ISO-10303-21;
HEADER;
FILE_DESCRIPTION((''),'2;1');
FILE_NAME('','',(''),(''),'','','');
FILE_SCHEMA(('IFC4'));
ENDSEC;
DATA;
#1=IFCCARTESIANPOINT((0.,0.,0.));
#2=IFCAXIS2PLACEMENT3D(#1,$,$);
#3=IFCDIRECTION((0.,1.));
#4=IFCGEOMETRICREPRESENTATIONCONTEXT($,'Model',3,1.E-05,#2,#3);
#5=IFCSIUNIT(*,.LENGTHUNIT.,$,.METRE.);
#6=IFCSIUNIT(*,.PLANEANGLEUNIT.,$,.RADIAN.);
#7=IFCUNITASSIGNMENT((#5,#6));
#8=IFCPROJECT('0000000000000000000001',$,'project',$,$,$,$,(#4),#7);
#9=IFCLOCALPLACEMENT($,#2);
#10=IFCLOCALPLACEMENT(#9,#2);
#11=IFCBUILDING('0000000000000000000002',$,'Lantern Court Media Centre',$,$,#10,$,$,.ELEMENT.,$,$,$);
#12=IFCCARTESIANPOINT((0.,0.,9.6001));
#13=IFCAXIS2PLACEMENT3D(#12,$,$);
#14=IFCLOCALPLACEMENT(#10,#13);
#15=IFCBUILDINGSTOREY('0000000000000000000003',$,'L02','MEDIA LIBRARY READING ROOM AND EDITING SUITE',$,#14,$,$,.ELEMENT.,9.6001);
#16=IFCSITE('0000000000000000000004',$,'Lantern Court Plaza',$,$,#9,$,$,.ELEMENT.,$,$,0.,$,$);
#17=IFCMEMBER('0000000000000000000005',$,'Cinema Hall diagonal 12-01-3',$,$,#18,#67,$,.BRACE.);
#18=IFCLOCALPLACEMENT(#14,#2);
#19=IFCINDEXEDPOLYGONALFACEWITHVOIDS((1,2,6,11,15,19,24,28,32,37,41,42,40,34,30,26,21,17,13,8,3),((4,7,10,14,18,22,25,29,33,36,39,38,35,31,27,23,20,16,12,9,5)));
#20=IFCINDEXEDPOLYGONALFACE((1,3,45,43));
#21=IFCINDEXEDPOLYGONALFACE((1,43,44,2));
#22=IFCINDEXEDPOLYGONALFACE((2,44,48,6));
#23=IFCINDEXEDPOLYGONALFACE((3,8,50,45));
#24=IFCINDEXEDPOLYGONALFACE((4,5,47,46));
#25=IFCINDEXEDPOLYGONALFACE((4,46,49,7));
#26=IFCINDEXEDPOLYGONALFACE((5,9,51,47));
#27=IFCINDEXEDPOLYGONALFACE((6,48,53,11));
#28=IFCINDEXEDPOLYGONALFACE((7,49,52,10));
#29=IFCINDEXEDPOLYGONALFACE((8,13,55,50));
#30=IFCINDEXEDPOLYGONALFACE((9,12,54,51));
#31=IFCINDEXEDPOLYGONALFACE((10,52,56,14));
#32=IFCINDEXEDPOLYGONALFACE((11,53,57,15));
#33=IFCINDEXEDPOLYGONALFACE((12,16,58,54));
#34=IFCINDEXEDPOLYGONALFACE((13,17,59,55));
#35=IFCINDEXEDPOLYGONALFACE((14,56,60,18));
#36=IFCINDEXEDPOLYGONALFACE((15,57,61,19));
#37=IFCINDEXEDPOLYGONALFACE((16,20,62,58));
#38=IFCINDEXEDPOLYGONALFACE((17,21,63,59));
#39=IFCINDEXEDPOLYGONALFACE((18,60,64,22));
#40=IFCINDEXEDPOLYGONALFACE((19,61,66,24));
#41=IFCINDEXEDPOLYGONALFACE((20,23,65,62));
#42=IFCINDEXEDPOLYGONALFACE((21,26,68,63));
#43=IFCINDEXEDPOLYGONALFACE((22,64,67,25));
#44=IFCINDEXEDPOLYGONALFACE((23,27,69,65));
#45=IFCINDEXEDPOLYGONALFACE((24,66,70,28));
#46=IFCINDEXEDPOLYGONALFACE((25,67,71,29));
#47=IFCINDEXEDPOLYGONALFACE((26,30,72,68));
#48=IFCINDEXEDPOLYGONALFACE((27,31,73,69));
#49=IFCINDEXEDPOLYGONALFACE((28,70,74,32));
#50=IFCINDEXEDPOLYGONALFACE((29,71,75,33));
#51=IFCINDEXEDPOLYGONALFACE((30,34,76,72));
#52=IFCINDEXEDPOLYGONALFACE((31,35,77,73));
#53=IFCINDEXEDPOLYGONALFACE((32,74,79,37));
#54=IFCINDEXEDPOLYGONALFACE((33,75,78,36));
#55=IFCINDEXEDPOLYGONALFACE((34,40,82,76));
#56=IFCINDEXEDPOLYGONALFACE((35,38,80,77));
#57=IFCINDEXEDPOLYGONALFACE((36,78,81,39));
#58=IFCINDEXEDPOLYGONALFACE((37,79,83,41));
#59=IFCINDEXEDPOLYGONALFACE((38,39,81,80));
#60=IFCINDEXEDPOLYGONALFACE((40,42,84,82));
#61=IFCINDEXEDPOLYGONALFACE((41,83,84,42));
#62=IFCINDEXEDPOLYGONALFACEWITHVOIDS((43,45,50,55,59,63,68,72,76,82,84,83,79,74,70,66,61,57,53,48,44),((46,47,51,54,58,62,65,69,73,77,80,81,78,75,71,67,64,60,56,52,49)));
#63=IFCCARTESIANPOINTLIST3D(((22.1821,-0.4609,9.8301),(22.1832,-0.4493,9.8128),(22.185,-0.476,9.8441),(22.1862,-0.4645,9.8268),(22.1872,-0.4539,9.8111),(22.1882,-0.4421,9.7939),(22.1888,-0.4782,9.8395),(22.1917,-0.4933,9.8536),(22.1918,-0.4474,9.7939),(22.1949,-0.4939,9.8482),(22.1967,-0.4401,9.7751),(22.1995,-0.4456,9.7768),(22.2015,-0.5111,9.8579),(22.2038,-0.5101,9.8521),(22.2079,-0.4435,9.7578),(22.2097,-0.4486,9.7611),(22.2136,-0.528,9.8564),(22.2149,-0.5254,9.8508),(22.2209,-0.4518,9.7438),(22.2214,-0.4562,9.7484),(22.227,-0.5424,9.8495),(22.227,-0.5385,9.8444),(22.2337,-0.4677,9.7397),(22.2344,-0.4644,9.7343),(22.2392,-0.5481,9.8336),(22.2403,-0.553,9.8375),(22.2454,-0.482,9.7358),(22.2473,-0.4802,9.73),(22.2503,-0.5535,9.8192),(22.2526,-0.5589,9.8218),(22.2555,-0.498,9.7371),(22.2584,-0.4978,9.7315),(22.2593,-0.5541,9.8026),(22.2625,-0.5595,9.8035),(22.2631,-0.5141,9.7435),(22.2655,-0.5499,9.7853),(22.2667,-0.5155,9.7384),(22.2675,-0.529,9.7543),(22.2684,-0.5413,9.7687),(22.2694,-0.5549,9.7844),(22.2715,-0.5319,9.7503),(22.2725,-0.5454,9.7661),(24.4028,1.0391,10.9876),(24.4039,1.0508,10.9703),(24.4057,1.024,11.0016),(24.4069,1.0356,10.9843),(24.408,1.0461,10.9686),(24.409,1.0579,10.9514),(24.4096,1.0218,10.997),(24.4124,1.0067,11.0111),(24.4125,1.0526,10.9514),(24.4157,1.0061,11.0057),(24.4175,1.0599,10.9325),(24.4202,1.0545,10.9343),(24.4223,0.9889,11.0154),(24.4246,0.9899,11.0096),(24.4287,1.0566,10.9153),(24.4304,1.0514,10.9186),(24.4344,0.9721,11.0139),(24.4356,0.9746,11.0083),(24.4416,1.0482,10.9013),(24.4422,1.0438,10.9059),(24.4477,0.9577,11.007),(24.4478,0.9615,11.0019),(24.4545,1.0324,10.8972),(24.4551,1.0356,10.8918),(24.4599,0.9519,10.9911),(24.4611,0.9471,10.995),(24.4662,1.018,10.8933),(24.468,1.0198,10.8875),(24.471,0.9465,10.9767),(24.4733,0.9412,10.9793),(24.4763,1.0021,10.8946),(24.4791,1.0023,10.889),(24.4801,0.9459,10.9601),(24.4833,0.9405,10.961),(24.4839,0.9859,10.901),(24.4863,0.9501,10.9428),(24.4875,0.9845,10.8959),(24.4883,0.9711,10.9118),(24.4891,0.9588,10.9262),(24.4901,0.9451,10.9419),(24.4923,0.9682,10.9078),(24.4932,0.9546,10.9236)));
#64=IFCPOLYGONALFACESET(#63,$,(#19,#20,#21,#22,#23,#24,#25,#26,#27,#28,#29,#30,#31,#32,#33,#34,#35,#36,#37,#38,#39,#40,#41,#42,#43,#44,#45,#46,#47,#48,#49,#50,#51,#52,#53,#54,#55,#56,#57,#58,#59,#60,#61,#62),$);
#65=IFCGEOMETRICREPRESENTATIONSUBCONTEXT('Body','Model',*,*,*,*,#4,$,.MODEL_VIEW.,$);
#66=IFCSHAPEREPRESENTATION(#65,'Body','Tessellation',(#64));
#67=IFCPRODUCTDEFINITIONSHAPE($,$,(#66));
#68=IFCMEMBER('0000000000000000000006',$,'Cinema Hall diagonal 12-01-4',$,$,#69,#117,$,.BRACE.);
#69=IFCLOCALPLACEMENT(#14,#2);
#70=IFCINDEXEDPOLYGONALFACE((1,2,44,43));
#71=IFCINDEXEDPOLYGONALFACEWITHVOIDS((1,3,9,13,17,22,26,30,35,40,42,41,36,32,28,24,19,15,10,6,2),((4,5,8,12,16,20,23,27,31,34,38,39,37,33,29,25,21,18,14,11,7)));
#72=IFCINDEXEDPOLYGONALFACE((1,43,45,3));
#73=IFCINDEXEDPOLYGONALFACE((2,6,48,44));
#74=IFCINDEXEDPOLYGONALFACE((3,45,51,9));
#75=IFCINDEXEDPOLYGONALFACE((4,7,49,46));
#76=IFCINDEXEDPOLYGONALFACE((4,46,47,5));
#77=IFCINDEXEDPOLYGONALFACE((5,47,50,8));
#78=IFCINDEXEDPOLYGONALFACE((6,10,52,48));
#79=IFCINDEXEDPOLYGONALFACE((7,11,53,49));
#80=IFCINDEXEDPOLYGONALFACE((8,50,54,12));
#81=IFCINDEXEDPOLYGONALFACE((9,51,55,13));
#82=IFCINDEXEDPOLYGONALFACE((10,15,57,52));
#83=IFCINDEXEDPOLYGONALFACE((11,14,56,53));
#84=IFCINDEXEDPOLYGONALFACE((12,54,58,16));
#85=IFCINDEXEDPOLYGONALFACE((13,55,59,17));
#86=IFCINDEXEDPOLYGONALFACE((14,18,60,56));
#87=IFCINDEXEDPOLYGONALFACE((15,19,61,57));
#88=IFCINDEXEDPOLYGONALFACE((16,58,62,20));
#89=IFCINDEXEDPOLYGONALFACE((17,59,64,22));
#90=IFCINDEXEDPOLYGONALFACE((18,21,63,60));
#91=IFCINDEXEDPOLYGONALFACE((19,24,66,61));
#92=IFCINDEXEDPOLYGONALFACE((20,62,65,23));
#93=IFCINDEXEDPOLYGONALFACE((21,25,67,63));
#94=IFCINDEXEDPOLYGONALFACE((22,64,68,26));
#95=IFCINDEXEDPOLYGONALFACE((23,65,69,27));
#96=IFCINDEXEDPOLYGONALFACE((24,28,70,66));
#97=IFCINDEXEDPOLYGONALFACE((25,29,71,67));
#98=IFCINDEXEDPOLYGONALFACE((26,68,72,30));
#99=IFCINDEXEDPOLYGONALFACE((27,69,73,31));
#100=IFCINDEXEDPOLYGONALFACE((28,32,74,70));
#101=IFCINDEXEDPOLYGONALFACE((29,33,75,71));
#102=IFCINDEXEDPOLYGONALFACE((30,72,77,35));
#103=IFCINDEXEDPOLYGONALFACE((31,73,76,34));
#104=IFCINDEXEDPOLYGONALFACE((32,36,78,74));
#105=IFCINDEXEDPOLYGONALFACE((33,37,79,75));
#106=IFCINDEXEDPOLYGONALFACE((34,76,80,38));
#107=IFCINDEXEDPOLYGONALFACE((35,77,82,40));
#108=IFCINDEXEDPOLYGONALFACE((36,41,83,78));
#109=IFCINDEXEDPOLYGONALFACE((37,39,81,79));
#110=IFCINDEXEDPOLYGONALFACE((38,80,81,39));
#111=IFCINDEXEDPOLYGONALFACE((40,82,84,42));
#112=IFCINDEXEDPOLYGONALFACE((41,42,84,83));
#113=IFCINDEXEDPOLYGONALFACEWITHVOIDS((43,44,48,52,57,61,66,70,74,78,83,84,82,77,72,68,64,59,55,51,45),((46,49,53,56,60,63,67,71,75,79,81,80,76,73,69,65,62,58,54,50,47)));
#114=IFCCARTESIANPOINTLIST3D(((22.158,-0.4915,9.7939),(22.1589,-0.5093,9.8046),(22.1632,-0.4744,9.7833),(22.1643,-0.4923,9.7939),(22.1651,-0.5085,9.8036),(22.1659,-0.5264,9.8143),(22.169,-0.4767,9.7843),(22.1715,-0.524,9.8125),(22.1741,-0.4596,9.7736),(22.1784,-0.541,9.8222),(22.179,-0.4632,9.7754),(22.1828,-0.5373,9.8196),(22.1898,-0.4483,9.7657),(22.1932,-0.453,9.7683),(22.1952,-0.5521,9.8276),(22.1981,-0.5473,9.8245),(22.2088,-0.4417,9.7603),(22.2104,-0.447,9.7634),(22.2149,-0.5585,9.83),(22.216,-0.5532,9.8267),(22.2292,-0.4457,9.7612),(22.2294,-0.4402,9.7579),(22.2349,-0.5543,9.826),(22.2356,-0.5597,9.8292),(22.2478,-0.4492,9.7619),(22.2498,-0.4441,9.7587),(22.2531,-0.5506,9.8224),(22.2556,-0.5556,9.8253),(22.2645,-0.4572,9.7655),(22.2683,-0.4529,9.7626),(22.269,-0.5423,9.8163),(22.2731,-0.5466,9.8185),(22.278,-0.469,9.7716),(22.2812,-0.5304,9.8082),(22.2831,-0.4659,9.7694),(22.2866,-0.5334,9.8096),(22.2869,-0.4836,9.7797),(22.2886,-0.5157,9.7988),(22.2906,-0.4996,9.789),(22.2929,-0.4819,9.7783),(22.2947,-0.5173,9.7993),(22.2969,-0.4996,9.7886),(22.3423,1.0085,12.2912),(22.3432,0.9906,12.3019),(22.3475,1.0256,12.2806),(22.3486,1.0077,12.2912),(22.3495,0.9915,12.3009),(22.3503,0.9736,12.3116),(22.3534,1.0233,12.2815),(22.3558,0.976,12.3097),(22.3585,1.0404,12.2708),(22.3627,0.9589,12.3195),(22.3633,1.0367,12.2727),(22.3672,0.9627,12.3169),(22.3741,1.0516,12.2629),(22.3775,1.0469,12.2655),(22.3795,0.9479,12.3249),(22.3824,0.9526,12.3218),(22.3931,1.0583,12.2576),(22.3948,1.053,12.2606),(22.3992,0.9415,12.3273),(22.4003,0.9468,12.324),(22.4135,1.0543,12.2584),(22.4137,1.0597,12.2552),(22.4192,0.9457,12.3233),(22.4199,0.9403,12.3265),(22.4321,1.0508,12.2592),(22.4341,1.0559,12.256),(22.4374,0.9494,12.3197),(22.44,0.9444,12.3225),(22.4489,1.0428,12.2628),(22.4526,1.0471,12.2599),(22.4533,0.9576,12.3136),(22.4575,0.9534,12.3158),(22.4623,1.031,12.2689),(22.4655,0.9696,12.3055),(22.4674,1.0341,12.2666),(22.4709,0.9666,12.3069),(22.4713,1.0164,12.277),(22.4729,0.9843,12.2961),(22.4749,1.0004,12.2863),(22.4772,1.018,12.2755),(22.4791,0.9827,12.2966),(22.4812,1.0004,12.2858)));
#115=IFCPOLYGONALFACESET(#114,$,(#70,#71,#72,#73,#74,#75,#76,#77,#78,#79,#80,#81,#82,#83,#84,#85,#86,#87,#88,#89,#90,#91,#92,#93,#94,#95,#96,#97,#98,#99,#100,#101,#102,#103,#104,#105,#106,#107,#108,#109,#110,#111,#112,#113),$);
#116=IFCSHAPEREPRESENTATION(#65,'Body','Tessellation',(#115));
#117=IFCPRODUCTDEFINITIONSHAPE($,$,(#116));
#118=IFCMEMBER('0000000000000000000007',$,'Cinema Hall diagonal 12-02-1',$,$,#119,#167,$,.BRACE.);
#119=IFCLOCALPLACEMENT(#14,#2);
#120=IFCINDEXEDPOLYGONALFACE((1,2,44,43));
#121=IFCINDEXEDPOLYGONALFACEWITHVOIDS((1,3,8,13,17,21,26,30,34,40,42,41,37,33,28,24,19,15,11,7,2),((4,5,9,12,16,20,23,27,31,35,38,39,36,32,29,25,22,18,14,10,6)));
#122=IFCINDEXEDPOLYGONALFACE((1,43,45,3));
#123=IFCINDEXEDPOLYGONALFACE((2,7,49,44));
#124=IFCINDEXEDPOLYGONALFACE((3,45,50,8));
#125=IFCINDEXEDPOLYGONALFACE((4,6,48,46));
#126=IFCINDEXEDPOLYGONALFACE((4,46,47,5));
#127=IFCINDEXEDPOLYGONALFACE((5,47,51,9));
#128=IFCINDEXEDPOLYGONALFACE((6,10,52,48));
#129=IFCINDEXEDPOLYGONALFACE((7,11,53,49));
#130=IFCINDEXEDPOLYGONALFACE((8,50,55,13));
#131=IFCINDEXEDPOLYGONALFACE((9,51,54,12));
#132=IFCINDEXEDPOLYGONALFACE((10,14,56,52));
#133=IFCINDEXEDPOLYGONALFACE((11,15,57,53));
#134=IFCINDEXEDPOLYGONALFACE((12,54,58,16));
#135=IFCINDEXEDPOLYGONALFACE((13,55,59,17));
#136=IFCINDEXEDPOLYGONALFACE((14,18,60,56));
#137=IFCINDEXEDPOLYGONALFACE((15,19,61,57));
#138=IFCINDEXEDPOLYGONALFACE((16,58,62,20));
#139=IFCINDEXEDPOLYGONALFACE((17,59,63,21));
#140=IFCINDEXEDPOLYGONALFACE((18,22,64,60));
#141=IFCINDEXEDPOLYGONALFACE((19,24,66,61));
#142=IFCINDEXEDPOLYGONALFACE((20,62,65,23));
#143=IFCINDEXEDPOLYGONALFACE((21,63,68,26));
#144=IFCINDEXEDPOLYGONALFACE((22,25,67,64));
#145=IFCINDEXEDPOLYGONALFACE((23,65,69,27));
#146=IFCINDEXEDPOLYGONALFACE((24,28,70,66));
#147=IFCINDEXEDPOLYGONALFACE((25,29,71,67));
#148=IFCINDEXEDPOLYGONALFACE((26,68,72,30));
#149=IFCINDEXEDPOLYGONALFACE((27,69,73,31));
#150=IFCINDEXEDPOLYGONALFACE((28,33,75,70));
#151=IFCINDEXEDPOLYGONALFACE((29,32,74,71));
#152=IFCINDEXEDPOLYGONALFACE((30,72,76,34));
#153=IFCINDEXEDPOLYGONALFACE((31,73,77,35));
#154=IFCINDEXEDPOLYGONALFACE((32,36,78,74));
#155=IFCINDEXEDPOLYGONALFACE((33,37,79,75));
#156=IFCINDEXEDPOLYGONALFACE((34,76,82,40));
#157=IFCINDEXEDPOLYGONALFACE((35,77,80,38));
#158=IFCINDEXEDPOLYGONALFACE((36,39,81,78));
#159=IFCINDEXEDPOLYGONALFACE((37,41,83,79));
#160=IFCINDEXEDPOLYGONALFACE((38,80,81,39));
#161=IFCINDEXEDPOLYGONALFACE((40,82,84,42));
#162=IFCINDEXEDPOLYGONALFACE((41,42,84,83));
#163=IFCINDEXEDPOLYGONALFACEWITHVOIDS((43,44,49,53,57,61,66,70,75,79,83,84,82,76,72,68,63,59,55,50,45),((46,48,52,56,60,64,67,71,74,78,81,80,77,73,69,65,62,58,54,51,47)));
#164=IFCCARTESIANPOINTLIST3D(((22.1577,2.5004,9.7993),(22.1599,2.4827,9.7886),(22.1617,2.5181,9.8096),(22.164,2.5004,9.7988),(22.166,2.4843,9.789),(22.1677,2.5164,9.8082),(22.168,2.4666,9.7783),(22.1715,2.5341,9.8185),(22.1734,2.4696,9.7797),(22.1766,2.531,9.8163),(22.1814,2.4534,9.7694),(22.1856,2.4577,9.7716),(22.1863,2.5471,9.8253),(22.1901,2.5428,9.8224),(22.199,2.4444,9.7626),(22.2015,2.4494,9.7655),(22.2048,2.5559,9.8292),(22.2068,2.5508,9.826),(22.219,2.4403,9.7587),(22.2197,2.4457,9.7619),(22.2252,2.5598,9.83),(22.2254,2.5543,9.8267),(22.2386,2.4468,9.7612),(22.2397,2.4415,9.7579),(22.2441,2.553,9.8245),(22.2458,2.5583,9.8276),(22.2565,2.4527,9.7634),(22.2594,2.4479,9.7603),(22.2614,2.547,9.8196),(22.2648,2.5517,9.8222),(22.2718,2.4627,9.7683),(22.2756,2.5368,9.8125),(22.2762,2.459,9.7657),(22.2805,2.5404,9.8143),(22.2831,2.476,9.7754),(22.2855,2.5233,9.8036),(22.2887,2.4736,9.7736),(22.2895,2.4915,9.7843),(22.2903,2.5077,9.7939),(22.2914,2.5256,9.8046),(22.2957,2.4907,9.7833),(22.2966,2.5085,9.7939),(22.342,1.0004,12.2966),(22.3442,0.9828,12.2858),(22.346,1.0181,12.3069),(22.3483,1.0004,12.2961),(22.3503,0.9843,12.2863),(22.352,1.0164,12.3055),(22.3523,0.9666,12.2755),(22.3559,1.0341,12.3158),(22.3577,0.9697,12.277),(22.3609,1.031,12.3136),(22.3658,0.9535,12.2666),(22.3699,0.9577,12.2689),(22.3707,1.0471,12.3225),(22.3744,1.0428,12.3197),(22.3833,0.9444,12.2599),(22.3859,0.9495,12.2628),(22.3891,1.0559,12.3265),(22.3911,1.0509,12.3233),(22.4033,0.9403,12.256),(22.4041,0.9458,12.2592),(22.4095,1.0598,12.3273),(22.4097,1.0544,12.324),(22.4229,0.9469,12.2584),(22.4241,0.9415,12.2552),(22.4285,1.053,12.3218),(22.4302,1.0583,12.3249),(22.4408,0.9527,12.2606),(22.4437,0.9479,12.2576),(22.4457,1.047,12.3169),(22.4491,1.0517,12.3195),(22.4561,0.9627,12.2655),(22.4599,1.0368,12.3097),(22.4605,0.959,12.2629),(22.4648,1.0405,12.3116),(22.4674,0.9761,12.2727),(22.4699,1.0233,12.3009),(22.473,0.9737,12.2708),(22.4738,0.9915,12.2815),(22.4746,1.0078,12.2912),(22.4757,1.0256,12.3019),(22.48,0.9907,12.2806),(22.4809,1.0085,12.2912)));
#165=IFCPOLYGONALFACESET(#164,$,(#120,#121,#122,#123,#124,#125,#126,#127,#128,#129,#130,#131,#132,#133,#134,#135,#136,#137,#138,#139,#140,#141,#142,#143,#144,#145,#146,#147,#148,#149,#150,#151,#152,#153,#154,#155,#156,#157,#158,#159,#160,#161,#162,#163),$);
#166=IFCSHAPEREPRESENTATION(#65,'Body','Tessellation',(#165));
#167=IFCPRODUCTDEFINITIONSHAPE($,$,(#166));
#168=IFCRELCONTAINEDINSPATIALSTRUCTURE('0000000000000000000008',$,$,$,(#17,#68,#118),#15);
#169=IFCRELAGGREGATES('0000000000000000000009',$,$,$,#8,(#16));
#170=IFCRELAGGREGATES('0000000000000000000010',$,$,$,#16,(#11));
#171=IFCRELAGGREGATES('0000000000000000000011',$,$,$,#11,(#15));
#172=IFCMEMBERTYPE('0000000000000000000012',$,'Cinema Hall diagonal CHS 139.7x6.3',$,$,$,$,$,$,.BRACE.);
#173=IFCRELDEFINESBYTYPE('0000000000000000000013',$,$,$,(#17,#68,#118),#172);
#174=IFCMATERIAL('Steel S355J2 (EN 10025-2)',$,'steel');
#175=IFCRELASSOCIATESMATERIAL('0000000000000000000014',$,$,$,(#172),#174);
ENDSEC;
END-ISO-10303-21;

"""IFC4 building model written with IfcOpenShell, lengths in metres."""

from ifc_helpers import new_model, si_unit, direction, frame, origin, origin_2d, place, context, subcontext, project, spatial, hollow_circle, extrude, material, material_profile, profile_set, type_object, element, save


model = new_model("IFC4")

# Units and contexts
model_context = context("Model", 3, precision=1e-05, world=origin(), true_north=direction((0.0, 1.0)))
body_context = subcontext(model_context, "Body", "Model", "MODEL_VIEW")
ifc_project = project(units=[si_unit("LENGTHUNIT", "METRE"), si_unit("PLANEANGLEUNIT", "RADIAN")], contexts=[model_context])

# Site, building, storey
site_placement = place(None, origin())
site = spatial("IfcSite", under=ifc_project, at=site_placement, Name="Lantern Court Plaza", CompositionType="ELEMENT", RefElevation=0.0)
building_placement = place(site_placement, origin())
building = spatial("IfcBuilding", under=site, at=building_placement, Name="Lantern Court Media Centre", CompositionType="ELEMENT")
storey_placement = place(building_placement, frame((0.0, 0.0, 9.6001)))
storey = spatial("IfcBuildingStorey", under=building, at=storey_placement, Name="L02", Description="MEDIA LIBRARY READING ROOM AND EDITING SUITE", CompositionType="ELEMENT", Elevation=9.6001)

# Members
ifc_material = material(Name="Steel S355J2 (EN 10025-2)", Category="steel")
ifc_material_profile_1 = material_profile(ifc_material, hollow_circle(Radius=0.0698, WallThickness=0.0063, at=origin_2d()), Name="Cinema Hall diagonal CHS 139.7x6.3")
ifc_profile_set_1 = profile_set([ifc_material_profile_1], Name="Steel S355J2 (EN 10025-2)")
member_type_1 = type_object("IfcMemberType", Name="Cinema Hall diagonal CHS 139.7x6.3", PredefinedType="BRACE", material=ifc_profile_set_1)
for number, where, z_axis, x_axis, name in (
    (1, (22.2273, -0.5, 9.7939), (0.760744, 0.513854, 0.396514), (-0.559736, 0.828671, 0.0), "Cinema Hall diagonal 12-01-3"),
):
    element("IfcMember", number, at=place(storey_placement, frame(where, z_axis=z_axis, x_axis=x_axis)), inside=storey, type_object=member_type_1, Name=name, PredefinedType="BRACE", context=body_context, shape_type="SweptSolid", body=[
        extrude(hollow_circle(Radius=0.0698, WallThickness=0.0063, at=origin_2d()), origin(), (0.0, 0.0, 1.0), 2.9192),
    ])
for number, where, z_axis, x_axis, name in (
    (2, (22.2273, -0.5, 9.7939), (0.063147, 0.513875, 0.855538), (-0.992534, 0.121967, 0.0), "Cinema Hall diagonal 12-01-4"),
    (3, (22.2273, 2.5, 9.7939), (0.063147, -0.513875, 0.855538), (0.992534, 0.121967, 0.0), "Cinema Hall diagonal 12-02-1"),
):
    element("IfcMember", number, at=place(storey_placement, frame(where, z_axis=z_axis, x_axis=x_axis)), inside=storey, type_object=member_type_1, Name=name, PredefinedType="BRACE", context=body_context, shape_type="SweptSolid", body=[
        extrude(hollow_circle(Radius=0.0698, WallThickness=0.0063, at=origin_2d()), origin(), (0.0, 0.0, 1.0), 2.9189),
    ])

save(model, "model.ifc")
